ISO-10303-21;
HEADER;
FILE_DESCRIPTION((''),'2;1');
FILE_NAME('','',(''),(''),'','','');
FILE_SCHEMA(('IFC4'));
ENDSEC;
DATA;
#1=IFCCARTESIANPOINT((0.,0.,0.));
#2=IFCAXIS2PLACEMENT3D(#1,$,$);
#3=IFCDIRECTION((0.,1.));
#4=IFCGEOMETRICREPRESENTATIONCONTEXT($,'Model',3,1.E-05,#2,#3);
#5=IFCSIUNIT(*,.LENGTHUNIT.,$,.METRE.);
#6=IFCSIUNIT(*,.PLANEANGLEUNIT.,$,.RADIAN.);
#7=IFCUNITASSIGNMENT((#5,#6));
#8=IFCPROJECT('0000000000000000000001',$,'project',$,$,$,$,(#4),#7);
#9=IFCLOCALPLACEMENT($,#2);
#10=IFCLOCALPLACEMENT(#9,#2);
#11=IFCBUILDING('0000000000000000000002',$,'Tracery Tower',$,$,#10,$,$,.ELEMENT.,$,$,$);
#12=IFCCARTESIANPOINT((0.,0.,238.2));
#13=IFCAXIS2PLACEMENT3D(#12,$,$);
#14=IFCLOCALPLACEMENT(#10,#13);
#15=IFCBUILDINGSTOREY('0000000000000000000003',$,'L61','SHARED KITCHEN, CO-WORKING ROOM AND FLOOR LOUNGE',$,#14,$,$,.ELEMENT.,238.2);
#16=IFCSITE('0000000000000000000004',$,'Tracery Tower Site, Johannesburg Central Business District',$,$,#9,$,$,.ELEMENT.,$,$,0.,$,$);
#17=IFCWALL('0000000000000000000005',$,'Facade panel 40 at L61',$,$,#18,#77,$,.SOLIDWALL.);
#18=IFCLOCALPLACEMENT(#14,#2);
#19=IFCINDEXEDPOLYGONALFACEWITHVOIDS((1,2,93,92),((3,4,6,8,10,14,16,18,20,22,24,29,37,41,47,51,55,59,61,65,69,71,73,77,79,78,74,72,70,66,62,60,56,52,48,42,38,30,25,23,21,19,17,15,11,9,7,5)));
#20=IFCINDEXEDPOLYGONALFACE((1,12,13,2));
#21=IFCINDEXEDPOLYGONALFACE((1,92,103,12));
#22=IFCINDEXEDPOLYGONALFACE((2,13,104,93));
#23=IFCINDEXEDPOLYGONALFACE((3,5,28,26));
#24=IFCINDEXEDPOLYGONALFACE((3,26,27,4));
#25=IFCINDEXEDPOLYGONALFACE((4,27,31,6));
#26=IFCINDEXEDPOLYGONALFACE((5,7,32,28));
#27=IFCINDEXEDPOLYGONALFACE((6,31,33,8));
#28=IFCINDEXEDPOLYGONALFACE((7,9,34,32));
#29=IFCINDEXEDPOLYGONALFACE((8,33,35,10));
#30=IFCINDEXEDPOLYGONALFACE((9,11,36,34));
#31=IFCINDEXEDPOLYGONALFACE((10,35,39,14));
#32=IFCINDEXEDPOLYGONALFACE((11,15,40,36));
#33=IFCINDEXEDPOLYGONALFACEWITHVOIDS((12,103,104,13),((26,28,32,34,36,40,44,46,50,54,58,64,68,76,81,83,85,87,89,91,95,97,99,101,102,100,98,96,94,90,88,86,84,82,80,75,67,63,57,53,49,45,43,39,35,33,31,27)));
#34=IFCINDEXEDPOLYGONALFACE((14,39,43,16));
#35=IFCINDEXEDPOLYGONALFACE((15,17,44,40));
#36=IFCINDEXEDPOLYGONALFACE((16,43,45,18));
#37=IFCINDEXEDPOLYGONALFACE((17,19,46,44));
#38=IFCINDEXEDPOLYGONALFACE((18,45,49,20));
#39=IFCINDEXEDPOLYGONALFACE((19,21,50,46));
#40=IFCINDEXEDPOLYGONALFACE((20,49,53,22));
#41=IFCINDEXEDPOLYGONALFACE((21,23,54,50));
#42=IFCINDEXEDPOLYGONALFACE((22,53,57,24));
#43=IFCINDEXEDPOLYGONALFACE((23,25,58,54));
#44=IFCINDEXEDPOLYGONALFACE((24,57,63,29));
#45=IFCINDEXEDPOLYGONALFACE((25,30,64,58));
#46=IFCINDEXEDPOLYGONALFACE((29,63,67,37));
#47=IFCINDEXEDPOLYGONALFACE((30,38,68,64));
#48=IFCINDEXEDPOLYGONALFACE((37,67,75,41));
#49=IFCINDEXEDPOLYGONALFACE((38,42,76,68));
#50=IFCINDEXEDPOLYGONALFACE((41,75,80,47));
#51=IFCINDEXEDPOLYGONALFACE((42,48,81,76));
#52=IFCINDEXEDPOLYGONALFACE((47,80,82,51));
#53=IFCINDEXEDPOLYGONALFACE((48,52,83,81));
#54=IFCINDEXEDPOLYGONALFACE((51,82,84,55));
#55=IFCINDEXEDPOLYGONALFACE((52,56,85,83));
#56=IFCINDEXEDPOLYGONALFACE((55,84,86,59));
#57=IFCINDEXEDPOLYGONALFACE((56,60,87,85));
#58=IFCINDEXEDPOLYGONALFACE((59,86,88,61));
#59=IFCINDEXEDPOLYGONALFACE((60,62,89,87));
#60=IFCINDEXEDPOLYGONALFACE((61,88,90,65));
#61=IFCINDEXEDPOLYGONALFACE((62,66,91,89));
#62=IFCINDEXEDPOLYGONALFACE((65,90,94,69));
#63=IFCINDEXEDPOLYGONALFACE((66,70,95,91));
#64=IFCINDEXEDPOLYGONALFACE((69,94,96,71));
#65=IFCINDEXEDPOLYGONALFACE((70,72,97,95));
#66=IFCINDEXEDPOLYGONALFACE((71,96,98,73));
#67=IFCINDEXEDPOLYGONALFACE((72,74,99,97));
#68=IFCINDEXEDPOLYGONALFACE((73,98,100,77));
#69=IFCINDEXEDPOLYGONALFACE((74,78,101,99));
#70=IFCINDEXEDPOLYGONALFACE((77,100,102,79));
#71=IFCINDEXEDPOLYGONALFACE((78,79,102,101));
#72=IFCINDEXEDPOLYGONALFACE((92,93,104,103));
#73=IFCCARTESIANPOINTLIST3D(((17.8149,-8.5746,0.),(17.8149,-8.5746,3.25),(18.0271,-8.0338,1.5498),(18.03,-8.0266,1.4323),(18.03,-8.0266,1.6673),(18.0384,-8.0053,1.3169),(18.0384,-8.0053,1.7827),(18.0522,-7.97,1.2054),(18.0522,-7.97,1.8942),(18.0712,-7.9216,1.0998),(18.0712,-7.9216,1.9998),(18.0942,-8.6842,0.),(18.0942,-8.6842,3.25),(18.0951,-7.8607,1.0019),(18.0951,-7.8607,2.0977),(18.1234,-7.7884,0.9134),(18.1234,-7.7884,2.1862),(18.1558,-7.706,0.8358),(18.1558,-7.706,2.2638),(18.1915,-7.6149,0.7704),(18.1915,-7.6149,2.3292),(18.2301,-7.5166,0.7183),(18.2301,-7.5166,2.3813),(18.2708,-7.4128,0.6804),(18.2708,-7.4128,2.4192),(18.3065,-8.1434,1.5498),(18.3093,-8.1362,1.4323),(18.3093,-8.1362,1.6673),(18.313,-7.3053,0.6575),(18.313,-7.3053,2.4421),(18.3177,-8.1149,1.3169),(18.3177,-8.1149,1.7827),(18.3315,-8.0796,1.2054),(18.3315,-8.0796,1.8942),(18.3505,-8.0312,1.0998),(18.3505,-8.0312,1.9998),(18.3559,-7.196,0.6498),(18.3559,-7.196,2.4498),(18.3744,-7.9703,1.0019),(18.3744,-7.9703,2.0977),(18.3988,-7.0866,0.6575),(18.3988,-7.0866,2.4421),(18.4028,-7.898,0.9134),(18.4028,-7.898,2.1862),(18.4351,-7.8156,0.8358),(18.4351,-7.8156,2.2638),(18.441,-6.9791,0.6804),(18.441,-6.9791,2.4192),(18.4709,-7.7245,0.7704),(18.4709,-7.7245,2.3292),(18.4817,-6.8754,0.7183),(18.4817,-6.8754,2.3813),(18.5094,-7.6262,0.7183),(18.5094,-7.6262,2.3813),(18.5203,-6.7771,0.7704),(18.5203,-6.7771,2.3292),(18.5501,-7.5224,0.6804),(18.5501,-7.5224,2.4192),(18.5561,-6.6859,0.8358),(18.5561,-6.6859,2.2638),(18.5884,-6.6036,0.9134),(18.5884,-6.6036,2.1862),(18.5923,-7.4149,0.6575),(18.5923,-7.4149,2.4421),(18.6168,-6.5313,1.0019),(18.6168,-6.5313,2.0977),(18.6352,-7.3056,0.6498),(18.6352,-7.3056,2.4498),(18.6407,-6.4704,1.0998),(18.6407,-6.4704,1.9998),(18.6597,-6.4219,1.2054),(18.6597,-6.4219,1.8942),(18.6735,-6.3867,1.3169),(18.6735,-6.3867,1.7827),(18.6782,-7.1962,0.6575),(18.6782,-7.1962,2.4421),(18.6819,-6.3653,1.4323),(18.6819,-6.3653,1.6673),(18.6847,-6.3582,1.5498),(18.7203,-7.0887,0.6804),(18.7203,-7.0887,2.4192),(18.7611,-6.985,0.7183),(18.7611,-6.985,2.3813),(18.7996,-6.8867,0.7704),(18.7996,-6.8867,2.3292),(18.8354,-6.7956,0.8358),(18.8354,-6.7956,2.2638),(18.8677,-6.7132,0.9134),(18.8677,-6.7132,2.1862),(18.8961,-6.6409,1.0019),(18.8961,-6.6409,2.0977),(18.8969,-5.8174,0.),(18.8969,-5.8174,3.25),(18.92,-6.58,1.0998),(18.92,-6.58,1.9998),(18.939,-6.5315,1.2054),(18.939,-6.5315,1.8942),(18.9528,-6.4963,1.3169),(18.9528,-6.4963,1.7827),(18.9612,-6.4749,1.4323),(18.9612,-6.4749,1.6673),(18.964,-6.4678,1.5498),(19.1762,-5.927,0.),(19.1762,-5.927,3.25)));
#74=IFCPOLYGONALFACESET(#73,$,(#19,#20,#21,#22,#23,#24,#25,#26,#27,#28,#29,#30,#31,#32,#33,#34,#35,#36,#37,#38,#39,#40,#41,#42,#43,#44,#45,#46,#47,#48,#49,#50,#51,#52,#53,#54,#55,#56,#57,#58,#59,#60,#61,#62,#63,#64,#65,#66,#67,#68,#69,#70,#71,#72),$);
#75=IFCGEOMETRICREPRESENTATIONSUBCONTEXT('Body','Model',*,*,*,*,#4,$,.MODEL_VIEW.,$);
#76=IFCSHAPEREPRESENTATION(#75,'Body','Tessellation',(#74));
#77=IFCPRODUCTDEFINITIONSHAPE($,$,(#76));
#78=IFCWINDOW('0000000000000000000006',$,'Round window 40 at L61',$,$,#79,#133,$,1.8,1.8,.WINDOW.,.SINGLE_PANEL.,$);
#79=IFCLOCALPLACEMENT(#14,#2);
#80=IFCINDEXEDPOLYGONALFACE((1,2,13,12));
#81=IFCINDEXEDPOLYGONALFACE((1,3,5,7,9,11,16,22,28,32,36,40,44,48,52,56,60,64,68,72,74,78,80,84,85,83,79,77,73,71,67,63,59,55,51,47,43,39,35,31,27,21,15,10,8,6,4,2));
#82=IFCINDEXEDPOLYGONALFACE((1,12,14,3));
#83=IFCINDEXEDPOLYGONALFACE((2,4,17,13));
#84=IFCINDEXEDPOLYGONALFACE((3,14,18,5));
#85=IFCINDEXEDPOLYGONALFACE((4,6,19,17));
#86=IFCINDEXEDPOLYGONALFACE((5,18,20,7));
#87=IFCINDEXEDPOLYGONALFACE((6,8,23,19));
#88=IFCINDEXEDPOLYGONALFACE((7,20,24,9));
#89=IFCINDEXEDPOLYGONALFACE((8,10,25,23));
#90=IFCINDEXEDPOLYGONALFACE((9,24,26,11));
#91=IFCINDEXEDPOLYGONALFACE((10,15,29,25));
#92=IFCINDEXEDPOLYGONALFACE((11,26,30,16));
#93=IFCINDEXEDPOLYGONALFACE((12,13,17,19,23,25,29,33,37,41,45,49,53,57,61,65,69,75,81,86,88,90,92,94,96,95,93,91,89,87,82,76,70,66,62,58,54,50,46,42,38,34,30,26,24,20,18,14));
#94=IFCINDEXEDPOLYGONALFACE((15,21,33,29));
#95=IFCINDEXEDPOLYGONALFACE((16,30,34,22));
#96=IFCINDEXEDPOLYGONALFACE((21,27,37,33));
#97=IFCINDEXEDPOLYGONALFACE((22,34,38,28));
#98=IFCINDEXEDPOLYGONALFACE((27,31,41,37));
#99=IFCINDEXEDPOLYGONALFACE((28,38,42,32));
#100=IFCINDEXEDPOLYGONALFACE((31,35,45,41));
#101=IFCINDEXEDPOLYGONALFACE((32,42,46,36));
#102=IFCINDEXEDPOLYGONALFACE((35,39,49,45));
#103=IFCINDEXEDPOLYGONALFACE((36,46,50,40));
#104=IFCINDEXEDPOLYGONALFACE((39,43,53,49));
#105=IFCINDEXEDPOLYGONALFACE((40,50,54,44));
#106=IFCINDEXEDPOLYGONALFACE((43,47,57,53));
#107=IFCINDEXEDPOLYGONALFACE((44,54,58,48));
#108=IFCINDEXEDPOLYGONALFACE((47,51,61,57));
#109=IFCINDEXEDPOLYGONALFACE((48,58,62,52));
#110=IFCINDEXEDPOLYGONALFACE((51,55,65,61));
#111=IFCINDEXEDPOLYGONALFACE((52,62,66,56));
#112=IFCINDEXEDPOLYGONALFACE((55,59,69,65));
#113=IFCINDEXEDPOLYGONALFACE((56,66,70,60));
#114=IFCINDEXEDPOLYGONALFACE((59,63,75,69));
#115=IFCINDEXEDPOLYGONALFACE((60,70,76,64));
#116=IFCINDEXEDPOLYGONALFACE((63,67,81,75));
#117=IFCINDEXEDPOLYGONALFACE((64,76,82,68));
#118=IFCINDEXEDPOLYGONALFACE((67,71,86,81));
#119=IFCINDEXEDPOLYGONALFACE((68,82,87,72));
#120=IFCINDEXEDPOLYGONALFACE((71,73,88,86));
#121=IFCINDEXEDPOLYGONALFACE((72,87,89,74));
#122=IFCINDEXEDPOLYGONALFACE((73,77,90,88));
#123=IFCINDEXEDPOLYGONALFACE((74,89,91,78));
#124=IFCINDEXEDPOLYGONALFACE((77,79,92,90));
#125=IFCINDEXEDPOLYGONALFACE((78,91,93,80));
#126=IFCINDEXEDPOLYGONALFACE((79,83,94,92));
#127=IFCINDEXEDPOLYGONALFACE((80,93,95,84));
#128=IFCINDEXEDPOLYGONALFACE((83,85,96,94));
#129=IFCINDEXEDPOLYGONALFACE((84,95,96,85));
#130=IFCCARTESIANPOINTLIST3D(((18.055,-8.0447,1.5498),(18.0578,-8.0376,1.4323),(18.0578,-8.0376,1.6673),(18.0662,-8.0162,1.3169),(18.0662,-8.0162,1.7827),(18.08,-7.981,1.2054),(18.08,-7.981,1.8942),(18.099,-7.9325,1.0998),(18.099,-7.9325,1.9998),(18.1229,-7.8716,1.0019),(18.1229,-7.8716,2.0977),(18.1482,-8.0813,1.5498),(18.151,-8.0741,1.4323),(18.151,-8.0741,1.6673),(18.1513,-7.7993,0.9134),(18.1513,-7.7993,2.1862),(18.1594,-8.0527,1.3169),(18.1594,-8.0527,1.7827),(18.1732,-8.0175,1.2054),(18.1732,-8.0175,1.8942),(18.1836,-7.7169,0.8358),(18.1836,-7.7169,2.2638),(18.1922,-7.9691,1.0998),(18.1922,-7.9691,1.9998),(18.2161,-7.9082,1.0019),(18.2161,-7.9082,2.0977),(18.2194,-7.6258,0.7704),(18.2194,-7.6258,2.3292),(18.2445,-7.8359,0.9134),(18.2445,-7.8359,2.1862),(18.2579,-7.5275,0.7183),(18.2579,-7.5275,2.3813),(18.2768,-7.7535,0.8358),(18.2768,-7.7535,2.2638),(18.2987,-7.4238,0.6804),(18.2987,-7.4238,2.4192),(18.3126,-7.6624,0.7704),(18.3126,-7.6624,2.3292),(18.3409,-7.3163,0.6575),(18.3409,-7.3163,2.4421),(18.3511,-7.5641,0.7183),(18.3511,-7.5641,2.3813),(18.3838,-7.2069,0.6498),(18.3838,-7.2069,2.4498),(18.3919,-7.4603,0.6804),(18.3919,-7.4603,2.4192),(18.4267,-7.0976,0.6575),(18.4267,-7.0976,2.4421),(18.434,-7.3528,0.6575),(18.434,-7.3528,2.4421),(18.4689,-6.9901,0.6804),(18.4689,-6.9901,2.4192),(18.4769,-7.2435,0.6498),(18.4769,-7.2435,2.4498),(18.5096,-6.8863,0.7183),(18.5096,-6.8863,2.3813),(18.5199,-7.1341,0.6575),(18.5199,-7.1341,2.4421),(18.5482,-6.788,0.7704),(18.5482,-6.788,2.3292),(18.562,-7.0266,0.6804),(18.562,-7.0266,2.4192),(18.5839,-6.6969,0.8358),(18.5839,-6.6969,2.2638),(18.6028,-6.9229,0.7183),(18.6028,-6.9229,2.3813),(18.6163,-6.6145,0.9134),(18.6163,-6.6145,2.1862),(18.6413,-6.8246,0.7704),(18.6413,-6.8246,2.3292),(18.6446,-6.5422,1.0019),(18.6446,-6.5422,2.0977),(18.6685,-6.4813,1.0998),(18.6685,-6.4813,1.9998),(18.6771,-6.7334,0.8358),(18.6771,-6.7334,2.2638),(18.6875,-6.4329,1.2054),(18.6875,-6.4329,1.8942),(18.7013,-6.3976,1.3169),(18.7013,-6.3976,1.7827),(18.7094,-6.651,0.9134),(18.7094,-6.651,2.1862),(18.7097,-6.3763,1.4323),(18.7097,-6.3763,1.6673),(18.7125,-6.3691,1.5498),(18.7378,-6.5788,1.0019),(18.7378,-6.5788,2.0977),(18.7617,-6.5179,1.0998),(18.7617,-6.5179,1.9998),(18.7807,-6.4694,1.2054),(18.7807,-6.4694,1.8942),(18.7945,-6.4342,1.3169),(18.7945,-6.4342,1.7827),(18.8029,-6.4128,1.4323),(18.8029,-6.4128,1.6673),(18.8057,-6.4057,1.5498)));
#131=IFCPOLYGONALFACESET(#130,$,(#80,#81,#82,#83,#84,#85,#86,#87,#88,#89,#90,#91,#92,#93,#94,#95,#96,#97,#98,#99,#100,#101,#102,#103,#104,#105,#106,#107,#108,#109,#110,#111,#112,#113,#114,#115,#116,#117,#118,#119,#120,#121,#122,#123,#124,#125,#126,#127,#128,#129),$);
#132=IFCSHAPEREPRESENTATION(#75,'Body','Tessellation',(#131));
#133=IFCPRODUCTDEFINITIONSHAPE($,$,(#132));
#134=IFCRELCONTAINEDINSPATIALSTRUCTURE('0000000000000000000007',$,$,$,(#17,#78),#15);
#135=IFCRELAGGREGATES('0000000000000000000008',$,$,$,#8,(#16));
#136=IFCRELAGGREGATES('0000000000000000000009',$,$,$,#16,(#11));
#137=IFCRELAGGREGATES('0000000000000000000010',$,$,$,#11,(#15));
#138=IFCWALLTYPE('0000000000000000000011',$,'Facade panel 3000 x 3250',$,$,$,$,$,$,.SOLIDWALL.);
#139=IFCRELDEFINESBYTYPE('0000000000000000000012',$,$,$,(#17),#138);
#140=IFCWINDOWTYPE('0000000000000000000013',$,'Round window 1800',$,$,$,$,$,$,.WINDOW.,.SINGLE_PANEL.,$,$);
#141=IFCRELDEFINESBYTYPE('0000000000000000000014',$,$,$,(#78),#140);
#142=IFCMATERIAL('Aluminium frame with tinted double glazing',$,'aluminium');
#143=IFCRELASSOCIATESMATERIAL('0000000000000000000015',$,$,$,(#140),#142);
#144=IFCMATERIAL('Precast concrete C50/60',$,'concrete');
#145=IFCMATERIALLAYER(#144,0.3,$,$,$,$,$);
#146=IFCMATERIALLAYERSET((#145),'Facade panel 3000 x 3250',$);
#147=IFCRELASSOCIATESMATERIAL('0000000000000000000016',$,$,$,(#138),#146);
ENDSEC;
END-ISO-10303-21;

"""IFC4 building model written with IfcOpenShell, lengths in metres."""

from ifc_helpers import new_model, si_unit, direction, frame, frame_2d, origin, origin_2d, place, context, subcontext, project, spatial, rectangle, circle, extrude, material, layer, layer_set, type_object, element, fill, save


model = new_model("IFC4")

# Units and contexts
model_context = context("Model", 3, precision=1e-05, world=origin(), true_north=direction((0.0, 1.0)))
body_context = subcontext(model_context, "Body", "Model", "MODEL_VIEW")
ifc_project = project(units=[si_unit("LENGTHUNIT", "METRE"), si_unit("PLANEANGLEUNIT", "RADIAN")], contexts=[model_context])

# Site, building, storey
site_placement = place(None, origin())
site = spatial("IfcSite", under=ifc_project, at=site_placement, Name="Tracery Tower Site, Johannesburg Central Business District", CompositionType="ELEMENT", RefElevation=0.0)
building_placement = place(site_placement, origin())
building = spatial("IfcBuilding", under=site, at=building_placement, Name="Tracery Tower", CompositionType="ELEMENT")
storey_placement = place(building_placement, frame((0.0, 0.0, 238.2)))
storey = spatial("IfcBuildingStorey", under=building, at=storey_placement, Name="L61", Description="SHARED KITCHEN, CO-WORKING ROOM AND FLOOR LOUNGE", CompositionType="ELEMENT", Elevation=238.2)

# Wall, opening, window
ifc_material_1 = material(Name="Aluminium frame with tinted double glazing", Category="aluminium")
window_type = type_object("IfcWindowType", Name="Round window 1800", PartitioningType="SINGLE_PANEL", PredefinedType="WINDOW", material=ifc_material_1)
ifc_material_2 = material(Name="Precast concrete C50/60", Category="concrete")
ifc_layer_1 = layer(ifc_material_2, 0.3)
ifc_layer_set_1 = layer_set([ifc_layer_1], Name="Facade panel 3000 x 3250")
wall_type_1 = type_object("IfcWallType", Name="Facade panel 3000 x 3250", PredefinedType="SOLIDWALL", material=ifc_layer_set_1)
wall_1_placement = place(storey_placement, frame((17.9546, -8.6294, 0.0), z_axis=(0.0, 0.0, 1.0), x_axis=(0.3653, 0.93089, 0.0)))
wall_1 = element("IfcWall", 1, at=wall_1_placement, inside=storey, type_object=wall_type_1, Name="Facade panel 40 at L61", PredefinedType="SOLIDWALL", context=body_context, shape_type="SweptSolid", body=[
    extrude(rectangle(XDim=2.9619, YDim=0.3, at=frame_2d((1.481, 0.0))), origin(), (0.0, 0.0, 1.0), 3.25),
])
opening_1_placement = place(wall_1_placement, frame((1.481, 0.0, 1.5498)))
opening_1 = element("IfcOpeningElement", 2, at=opening_1_placement, cuts=wall_1, PredefinedType="OPENING", context=body_context, shape_type="SweptSolid", body=[
    extrude(circle(Radius=0.9, at=origin_2d()), frame((0.0, 0.1599, 0.0), z_axis=(0.0, -1.0, 0.0), x_axis=(1.0, 0.0, 0.0)), (0.0, 0.0, 1.0), 0.3201),
])
window_1_placement = place(opening_1_placement, origin())
window_1 = element("IfcWindow", 3, at=window_1_placement, inside=storey, type_object=window_type, Name="Round window 40 at L61", OverallHeight=1.8, OverallWidth=1.8, PartitioningType="SINGLE_PANEL", PredefinedType="WINDOW", context=body_context, shape_type="SweptSolid", body=[
    extrude(circle(Radius=0.9, at=origin_2d()), frame((0.0, 0.1201, 0.0), z_axis=(0.0, -1.0, 0.0), x_axis=(1.0, 0.0, 0.0)), (0.0, 0.0, 1.0), 0.1001),
])
fill(opening_1, window_1)

save(model, "model.ifc")
